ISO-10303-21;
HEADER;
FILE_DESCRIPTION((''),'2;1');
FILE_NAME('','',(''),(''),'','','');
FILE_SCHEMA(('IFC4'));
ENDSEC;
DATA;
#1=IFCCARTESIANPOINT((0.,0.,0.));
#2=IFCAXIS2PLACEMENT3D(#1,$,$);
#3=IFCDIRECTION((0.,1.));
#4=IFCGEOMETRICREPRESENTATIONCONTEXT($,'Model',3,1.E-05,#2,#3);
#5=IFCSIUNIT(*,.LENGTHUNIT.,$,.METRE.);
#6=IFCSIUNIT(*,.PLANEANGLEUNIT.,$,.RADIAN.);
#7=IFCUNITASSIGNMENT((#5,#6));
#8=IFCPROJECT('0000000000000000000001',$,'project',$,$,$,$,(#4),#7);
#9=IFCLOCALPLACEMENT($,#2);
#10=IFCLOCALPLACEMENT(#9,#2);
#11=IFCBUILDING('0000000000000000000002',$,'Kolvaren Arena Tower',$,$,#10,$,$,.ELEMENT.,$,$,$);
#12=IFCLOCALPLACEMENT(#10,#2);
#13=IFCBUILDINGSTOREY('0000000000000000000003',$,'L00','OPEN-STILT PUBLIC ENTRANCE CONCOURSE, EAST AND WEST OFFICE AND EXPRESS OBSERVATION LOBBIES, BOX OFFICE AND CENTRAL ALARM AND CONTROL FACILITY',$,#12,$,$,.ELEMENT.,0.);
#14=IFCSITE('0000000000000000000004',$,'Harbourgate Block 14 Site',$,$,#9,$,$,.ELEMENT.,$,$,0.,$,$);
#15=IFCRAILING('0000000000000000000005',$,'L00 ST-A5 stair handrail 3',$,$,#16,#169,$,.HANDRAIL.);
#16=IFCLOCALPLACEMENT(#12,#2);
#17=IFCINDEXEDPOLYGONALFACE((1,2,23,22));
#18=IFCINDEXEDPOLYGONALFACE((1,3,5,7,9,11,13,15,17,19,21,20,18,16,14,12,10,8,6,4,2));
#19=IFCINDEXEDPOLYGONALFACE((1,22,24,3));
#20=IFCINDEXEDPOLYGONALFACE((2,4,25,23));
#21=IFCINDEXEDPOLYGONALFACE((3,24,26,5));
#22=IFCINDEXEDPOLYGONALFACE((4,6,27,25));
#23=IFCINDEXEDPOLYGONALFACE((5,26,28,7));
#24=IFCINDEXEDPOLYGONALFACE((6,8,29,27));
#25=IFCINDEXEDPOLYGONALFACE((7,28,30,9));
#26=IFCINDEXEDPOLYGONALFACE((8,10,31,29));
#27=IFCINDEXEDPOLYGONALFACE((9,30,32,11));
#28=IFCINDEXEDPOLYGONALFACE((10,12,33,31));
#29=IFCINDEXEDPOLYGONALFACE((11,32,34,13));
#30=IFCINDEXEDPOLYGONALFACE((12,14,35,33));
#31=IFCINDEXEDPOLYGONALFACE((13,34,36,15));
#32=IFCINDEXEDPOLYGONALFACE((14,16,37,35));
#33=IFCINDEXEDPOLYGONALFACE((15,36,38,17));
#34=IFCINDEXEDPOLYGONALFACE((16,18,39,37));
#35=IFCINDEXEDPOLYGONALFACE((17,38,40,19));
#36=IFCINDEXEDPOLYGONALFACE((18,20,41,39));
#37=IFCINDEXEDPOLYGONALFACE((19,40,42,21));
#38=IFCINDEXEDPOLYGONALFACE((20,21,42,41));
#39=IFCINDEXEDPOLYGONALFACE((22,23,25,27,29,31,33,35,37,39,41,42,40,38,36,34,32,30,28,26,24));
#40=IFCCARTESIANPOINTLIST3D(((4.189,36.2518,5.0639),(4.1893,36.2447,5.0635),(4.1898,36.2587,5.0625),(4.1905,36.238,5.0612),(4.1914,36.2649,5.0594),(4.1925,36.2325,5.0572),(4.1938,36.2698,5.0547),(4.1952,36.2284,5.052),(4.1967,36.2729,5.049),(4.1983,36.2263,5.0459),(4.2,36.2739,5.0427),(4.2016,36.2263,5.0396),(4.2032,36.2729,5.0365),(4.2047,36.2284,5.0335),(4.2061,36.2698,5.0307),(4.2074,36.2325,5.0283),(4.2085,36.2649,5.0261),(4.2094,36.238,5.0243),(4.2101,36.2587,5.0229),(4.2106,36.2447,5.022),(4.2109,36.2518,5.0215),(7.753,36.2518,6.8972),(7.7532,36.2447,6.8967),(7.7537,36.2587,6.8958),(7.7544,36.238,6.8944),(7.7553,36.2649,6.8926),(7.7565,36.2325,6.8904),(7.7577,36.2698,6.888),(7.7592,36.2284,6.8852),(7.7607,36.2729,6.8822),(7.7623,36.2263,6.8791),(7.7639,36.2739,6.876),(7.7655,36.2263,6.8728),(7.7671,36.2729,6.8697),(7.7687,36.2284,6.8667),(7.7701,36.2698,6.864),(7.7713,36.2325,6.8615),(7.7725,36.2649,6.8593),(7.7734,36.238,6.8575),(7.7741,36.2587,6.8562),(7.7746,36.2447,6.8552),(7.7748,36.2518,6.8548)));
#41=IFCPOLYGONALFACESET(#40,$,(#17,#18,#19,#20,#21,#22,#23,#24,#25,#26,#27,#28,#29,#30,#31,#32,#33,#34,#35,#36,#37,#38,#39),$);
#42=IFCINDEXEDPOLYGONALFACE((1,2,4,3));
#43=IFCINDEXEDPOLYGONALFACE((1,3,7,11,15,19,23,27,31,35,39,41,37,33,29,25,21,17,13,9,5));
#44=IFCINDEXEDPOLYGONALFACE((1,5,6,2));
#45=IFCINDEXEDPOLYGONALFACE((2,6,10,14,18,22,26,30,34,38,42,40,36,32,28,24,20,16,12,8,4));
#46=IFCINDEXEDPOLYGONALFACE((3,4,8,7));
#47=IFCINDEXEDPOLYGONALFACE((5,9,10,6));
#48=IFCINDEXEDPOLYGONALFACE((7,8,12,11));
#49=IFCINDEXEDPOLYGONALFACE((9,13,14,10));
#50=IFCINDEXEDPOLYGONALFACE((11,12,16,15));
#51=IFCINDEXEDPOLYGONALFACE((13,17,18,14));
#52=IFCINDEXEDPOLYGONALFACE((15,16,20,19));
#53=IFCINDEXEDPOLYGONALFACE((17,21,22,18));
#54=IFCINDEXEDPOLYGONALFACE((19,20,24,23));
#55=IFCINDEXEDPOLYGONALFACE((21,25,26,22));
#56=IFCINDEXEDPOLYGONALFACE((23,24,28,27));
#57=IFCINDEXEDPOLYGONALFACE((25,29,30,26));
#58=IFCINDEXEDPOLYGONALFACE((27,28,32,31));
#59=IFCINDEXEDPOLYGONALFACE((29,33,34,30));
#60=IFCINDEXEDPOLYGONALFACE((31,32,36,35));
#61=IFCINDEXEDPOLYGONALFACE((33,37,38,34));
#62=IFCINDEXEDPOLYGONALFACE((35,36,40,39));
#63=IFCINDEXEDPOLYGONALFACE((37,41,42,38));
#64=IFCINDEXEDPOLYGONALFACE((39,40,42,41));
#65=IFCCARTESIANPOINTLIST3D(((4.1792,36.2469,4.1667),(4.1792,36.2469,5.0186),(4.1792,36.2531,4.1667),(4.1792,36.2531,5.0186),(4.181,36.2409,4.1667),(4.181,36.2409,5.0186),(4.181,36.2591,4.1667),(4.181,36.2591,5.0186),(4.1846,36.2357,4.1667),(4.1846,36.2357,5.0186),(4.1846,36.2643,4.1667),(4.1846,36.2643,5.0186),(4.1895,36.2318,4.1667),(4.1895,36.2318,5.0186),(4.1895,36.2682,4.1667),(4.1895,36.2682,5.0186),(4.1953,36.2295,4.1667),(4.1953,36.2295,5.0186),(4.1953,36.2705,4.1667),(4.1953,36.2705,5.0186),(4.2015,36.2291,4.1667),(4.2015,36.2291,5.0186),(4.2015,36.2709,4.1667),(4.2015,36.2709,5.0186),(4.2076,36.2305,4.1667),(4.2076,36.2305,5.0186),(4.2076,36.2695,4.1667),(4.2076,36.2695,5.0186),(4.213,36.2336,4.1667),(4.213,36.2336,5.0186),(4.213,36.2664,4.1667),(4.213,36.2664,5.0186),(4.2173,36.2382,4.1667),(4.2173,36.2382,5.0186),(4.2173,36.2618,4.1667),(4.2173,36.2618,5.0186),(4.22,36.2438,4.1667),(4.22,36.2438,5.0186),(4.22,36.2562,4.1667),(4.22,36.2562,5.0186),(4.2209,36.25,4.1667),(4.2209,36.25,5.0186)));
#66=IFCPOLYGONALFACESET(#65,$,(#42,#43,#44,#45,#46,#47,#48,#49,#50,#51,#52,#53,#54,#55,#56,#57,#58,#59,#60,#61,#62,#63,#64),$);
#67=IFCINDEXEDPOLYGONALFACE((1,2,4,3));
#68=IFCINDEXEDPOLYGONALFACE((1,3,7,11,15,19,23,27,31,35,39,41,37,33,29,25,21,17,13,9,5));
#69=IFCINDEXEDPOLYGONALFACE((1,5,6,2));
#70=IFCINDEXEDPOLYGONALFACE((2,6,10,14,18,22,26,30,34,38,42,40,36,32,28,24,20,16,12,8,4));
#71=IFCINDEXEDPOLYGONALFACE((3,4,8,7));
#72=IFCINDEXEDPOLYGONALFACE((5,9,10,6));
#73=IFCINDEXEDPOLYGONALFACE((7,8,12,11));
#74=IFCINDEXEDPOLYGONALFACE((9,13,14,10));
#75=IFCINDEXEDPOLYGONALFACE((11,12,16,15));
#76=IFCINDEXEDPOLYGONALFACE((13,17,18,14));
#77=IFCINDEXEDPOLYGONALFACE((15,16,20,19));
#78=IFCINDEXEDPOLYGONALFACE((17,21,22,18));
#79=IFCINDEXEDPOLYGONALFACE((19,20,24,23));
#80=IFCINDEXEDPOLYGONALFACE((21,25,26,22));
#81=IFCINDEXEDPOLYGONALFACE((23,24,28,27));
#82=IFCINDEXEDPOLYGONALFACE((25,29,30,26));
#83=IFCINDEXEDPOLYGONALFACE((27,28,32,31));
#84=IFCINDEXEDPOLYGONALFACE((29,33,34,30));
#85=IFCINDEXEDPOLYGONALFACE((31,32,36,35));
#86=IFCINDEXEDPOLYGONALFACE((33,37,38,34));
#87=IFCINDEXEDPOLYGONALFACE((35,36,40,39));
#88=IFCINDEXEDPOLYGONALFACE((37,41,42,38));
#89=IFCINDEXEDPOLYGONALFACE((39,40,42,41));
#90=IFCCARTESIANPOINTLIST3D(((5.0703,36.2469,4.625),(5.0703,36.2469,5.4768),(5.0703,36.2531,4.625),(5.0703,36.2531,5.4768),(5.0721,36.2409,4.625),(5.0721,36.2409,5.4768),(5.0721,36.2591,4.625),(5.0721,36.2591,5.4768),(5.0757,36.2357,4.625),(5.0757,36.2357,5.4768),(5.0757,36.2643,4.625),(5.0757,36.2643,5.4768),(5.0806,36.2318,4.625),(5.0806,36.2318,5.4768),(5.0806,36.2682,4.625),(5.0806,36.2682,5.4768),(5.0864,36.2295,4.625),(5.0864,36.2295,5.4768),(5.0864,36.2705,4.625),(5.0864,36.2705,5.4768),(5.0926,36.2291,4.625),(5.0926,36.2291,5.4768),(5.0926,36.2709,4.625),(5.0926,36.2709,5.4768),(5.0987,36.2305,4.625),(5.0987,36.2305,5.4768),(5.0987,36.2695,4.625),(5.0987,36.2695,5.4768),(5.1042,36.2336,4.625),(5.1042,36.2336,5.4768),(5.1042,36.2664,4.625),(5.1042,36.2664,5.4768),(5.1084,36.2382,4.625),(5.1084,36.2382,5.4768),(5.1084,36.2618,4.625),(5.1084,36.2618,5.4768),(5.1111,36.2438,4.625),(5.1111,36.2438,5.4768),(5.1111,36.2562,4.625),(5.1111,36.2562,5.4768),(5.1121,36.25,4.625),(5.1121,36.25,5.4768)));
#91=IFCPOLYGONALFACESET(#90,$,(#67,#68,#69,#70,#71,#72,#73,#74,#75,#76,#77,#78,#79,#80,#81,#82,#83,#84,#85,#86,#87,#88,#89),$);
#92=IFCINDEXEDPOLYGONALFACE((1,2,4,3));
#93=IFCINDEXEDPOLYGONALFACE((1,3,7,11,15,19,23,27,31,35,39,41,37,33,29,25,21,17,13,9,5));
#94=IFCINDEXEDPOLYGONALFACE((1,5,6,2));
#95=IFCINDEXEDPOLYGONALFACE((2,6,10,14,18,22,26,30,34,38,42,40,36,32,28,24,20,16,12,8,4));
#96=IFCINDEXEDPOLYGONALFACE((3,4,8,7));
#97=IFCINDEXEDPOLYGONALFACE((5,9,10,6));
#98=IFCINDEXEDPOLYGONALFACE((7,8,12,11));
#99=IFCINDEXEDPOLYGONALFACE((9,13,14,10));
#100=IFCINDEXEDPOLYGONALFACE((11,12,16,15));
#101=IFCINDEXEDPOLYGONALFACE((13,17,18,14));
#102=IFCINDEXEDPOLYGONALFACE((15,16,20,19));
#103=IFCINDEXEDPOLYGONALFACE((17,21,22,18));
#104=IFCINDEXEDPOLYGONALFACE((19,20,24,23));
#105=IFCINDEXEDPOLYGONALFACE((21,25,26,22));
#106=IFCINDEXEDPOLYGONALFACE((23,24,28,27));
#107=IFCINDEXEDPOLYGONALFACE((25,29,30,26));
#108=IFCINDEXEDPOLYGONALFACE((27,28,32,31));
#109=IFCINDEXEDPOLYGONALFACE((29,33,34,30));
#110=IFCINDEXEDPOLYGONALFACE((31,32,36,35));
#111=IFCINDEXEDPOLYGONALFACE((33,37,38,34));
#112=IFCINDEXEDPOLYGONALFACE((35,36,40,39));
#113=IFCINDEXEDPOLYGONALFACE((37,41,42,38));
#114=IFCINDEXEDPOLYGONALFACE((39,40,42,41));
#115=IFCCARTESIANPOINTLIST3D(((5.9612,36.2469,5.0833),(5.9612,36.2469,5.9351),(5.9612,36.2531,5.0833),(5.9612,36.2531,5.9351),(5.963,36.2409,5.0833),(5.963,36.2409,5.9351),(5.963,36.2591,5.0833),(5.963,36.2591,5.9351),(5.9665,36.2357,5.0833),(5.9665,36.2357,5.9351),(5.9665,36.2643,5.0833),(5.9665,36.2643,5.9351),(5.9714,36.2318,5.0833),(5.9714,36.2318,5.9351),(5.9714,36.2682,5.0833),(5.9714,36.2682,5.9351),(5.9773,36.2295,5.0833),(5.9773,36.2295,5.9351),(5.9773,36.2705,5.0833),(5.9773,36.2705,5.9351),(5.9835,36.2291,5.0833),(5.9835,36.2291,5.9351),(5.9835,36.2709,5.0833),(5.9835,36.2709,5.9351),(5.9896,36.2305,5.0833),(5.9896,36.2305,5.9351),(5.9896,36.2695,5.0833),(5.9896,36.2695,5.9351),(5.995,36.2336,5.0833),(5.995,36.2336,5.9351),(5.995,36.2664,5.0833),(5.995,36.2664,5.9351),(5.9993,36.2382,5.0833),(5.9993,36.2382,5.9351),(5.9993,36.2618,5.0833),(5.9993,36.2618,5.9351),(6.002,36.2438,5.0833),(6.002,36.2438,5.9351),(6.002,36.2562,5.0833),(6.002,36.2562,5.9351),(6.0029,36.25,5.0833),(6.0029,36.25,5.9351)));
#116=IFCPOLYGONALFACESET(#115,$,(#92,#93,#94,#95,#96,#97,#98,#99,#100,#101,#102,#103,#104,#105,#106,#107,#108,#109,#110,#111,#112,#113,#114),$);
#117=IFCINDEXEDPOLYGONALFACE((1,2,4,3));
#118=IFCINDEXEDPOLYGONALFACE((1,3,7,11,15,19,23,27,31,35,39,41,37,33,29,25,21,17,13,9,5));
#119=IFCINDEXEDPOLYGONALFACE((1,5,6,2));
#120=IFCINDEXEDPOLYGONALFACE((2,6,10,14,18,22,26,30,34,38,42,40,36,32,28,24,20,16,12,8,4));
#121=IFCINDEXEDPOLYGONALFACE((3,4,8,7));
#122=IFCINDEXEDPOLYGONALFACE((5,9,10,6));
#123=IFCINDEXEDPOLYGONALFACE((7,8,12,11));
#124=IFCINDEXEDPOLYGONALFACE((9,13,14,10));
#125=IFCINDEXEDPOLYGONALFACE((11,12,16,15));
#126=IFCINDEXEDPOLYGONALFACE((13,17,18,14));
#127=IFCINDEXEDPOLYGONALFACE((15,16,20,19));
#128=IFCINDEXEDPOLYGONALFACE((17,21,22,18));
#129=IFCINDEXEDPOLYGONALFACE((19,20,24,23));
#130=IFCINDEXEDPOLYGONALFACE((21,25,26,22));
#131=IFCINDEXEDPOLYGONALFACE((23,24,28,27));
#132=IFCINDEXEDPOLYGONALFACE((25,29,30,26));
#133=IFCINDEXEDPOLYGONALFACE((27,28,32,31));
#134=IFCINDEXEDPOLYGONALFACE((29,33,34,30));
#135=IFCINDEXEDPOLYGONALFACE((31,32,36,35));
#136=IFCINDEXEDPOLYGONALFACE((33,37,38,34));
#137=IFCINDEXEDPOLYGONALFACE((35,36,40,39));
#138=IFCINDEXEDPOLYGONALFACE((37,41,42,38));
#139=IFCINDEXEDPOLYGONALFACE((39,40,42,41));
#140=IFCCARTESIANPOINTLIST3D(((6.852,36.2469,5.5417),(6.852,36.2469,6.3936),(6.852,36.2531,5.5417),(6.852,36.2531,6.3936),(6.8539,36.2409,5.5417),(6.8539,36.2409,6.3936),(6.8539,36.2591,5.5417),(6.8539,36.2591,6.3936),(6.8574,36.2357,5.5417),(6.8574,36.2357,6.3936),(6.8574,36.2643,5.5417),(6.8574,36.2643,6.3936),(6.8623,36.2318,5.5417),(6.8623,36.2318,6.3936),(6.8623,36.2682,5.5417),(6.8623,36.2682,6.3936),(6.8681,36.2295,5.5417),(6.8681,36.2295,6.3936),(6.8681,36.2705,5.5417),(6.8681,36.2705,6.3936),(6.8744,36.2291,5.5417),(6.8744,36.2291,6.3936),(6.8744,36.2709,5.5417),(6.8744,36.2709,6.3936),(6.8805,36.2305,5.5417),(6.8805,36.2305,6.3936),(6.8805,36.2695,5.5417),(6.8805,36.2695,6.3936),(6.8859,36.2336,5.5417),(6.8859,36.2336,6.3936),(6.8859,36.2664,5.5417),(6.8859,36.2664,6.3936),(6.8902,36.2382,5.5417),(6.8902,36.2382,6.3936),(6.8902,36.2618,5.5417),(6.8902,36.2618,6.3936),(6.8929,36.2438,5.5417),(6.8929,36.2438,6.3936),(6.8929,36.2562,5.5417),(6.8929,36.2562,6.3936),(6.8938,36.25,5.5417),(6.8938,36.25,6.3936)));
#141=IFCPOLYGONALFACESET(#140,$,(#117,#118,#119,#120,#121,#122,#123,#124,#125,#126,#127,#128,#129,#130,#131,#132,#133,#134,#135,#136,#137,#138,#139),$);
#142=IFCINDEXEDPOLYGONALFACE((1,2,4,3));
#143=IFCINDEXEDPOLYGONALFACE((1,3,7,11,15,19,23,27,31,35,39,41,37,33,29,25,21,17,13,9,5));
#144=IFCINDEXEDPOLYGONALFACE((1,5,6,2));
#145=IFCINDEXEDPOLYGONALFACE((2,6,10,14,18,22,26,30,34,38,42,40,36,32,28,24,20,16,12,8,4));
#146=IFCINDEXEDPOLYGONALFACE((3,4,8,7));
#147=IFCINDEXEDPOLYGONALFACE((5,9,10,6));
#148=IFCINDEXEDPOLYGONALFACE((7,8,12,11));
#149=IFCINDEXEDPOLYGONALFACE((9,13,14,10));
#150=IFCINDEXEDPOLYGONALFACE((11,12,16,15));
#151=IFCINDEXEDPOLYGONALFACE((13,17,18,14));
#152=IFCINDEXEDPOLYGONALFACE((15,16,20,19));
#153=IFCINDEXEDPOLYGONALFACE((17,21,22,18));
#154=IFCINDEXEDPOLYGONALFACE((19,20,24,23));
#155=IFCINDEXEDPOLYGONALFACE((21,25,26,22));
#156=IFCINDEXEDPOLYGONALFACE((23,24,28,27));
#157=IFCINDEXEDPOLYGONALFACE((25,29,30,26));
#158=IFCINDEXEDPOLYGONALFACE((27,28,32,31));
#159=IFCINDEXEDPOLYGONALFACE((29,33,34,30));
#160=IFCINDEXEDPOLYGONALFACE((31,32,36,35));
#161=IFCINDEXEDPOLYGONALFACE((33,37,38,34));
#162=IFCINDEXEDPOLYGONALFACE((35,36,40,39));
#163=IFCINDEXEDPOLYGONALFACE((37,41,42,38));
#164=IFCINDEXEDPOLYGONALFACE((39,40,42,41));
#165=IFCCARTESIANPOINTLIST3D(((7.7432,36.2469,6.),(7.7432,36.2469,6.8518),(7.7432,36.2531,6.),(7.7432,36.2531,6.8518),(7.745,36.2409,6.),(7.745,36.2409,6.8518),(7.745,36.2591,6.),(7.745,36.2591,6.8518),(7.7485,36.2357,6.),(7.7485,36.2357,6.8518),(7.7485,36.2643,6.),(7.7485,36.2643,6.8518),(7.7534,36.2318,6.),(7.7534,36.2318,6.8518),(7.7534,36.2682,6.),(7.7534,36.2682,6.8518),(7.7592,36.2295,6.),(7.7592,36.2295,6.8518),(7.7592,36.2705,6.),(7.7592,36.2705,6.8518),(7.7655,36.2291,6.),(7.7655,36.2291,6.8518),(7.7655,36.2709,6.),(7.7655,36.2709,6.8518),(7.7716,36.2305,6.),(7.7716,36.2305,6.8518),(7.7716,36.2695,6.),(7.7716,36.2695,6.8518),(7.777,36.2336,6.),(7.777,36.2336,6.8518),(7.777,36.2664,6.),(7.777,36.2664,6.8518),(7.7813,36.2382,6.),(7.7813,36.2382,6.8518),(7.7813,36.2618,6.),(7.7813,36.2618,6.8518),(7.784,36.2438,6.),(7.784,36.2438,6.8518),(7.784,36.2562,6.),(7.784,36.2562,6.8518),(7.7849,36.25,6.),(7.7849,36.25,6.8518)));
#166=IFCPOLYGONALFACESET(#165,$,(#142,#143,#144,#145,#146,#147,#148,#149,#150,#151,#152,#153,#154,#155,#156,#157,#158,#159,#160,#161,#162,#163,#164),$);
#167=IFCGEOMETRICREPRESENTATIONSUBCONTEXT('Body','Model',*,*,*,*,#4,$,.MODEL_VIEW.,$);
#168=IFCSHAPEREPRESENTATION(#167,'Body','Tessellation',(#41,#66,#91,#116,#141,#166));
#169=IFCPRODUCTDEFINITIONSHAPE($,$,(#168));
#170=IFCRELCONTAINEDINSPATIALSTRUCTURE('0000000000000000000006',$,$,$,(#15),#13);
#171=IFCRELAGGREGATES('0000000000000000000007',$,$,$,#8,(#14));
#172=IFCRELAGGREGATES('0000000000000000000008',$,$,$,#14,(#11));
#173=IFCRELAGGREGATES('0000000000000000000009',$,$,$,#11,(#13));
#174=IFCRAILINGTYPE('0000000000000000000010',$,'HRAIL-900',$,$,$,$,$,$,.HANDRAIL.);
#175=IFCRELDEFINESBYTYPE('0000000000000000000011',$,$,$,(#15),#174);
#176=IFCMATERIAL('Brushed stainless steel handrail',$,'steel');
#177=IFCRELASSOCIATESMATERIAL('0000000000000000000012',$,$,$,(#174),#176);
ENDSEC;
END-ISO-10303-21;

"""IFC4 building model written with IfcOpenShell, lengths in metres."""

from ifc_helpers import new_model, si_unit, direction, frame, origin, origin_2d, place, context, subcontext, project, spatial, circle, extrude, material, type_object, element, save


model = new_model("IFC4")

# Units and contexts
model_context = context("Model", 3, precision=1e-05, world=origin(), true_north=direction((0.0, 1.0)))
body_context = subcontext(model_context, "Body", "Model", "MODEL_VIEW")
ifc_project = project(units=[si_unit("LENGTHUNIT", "METRE"), si_unit("PLANEANGLEUNIT", "RADIAN")], contexts=[model_context])

# Site, building, storey
site_placement = place(None, origin())
site = spatial("IfcSite", under=ifc_project, at=site_placement, Name="Harbourgate Block 14 Site", CompositionType="ELEMENT", RefElevation=0.0)
building_placement = place(site_placement, origin())
building = spatial("IfcBuilding", under=site, at=building_placement, Name="Kolvaren Arena Tower", CompositionType="ELEMENT")
storey_placement = place(building_placement, origin())
storey = spatial("IfcBuildingStorey", under=building, at=storey_placement, Name="L00", Description="OPEN-STILT PUBLIC ENTRANCE CONCOURSE, EAST AND WEST OFFICE AND EXPRESS OBSERVATION LOBBIES, BOX OFFICE AND CENTRAL ALARM AND CONTROL FACILITY", CompositionType="ELEMENT", Elevation=0.0)

# Railing
ifc_material_1 = material(Name="Brushed stainless steel handrail", Category="steel")
railing_type_1 = type_object("IfcRailingType", Name="HRAIL-900", PredefinedType="HANDRAIL", material=ifc_material_1)
for number, where, name in (
    (1, (4.2, 36.25, 4.1667), "L00 ST-A5 stair handrail 3"),
):
    element("IfcRailing", number, at=place(storey_placement, frame(where)), inside=storey, type_object=railing_type_1, Name=name, PredefinedType="HANDRAIL", context=body_context, shape_type="SweptSolid", body=[
        extrude(circle(Radius=0.0239, at=origin_2d()), frame((0.0, 0.0, 0.876), z_axis=(0.889252, 0.0, 0.457418), x_axis=(0.0, 1.0, 0.0)), (0.0, 0.0, 1.0), 4.0078),
        extrude(circle(Radius=0.021, at=origin_2d()), origin(), (0.0, 0.0, 1.0), 0.8518),
        extrude(circle(Radius=0.021, at=origin_2d()), frame((0.8911, 0.0, 0.4583)), (0.0, 0.0, 1.0), 0.8518),
        extrude(circle(Radius=0.021, at=origin_2d()), frame((1.782, 0.0, 0.9165)), (0.0, 0.0, 1.0), 0.8518),
        extrude(circle(Radius=0.021, at=origin_2d()), frame((2.6729, 0.0, 1.375)), (0.0, 0.0, 1.0), 0.8518),
        extrude(circle(Radius=0.021, at=origin_2d()), frame((3.564, 0.0, 1.8333)), (0.0, 0.0, 1.0), 0.8518),
    ])

save(model, "model.ifc")
